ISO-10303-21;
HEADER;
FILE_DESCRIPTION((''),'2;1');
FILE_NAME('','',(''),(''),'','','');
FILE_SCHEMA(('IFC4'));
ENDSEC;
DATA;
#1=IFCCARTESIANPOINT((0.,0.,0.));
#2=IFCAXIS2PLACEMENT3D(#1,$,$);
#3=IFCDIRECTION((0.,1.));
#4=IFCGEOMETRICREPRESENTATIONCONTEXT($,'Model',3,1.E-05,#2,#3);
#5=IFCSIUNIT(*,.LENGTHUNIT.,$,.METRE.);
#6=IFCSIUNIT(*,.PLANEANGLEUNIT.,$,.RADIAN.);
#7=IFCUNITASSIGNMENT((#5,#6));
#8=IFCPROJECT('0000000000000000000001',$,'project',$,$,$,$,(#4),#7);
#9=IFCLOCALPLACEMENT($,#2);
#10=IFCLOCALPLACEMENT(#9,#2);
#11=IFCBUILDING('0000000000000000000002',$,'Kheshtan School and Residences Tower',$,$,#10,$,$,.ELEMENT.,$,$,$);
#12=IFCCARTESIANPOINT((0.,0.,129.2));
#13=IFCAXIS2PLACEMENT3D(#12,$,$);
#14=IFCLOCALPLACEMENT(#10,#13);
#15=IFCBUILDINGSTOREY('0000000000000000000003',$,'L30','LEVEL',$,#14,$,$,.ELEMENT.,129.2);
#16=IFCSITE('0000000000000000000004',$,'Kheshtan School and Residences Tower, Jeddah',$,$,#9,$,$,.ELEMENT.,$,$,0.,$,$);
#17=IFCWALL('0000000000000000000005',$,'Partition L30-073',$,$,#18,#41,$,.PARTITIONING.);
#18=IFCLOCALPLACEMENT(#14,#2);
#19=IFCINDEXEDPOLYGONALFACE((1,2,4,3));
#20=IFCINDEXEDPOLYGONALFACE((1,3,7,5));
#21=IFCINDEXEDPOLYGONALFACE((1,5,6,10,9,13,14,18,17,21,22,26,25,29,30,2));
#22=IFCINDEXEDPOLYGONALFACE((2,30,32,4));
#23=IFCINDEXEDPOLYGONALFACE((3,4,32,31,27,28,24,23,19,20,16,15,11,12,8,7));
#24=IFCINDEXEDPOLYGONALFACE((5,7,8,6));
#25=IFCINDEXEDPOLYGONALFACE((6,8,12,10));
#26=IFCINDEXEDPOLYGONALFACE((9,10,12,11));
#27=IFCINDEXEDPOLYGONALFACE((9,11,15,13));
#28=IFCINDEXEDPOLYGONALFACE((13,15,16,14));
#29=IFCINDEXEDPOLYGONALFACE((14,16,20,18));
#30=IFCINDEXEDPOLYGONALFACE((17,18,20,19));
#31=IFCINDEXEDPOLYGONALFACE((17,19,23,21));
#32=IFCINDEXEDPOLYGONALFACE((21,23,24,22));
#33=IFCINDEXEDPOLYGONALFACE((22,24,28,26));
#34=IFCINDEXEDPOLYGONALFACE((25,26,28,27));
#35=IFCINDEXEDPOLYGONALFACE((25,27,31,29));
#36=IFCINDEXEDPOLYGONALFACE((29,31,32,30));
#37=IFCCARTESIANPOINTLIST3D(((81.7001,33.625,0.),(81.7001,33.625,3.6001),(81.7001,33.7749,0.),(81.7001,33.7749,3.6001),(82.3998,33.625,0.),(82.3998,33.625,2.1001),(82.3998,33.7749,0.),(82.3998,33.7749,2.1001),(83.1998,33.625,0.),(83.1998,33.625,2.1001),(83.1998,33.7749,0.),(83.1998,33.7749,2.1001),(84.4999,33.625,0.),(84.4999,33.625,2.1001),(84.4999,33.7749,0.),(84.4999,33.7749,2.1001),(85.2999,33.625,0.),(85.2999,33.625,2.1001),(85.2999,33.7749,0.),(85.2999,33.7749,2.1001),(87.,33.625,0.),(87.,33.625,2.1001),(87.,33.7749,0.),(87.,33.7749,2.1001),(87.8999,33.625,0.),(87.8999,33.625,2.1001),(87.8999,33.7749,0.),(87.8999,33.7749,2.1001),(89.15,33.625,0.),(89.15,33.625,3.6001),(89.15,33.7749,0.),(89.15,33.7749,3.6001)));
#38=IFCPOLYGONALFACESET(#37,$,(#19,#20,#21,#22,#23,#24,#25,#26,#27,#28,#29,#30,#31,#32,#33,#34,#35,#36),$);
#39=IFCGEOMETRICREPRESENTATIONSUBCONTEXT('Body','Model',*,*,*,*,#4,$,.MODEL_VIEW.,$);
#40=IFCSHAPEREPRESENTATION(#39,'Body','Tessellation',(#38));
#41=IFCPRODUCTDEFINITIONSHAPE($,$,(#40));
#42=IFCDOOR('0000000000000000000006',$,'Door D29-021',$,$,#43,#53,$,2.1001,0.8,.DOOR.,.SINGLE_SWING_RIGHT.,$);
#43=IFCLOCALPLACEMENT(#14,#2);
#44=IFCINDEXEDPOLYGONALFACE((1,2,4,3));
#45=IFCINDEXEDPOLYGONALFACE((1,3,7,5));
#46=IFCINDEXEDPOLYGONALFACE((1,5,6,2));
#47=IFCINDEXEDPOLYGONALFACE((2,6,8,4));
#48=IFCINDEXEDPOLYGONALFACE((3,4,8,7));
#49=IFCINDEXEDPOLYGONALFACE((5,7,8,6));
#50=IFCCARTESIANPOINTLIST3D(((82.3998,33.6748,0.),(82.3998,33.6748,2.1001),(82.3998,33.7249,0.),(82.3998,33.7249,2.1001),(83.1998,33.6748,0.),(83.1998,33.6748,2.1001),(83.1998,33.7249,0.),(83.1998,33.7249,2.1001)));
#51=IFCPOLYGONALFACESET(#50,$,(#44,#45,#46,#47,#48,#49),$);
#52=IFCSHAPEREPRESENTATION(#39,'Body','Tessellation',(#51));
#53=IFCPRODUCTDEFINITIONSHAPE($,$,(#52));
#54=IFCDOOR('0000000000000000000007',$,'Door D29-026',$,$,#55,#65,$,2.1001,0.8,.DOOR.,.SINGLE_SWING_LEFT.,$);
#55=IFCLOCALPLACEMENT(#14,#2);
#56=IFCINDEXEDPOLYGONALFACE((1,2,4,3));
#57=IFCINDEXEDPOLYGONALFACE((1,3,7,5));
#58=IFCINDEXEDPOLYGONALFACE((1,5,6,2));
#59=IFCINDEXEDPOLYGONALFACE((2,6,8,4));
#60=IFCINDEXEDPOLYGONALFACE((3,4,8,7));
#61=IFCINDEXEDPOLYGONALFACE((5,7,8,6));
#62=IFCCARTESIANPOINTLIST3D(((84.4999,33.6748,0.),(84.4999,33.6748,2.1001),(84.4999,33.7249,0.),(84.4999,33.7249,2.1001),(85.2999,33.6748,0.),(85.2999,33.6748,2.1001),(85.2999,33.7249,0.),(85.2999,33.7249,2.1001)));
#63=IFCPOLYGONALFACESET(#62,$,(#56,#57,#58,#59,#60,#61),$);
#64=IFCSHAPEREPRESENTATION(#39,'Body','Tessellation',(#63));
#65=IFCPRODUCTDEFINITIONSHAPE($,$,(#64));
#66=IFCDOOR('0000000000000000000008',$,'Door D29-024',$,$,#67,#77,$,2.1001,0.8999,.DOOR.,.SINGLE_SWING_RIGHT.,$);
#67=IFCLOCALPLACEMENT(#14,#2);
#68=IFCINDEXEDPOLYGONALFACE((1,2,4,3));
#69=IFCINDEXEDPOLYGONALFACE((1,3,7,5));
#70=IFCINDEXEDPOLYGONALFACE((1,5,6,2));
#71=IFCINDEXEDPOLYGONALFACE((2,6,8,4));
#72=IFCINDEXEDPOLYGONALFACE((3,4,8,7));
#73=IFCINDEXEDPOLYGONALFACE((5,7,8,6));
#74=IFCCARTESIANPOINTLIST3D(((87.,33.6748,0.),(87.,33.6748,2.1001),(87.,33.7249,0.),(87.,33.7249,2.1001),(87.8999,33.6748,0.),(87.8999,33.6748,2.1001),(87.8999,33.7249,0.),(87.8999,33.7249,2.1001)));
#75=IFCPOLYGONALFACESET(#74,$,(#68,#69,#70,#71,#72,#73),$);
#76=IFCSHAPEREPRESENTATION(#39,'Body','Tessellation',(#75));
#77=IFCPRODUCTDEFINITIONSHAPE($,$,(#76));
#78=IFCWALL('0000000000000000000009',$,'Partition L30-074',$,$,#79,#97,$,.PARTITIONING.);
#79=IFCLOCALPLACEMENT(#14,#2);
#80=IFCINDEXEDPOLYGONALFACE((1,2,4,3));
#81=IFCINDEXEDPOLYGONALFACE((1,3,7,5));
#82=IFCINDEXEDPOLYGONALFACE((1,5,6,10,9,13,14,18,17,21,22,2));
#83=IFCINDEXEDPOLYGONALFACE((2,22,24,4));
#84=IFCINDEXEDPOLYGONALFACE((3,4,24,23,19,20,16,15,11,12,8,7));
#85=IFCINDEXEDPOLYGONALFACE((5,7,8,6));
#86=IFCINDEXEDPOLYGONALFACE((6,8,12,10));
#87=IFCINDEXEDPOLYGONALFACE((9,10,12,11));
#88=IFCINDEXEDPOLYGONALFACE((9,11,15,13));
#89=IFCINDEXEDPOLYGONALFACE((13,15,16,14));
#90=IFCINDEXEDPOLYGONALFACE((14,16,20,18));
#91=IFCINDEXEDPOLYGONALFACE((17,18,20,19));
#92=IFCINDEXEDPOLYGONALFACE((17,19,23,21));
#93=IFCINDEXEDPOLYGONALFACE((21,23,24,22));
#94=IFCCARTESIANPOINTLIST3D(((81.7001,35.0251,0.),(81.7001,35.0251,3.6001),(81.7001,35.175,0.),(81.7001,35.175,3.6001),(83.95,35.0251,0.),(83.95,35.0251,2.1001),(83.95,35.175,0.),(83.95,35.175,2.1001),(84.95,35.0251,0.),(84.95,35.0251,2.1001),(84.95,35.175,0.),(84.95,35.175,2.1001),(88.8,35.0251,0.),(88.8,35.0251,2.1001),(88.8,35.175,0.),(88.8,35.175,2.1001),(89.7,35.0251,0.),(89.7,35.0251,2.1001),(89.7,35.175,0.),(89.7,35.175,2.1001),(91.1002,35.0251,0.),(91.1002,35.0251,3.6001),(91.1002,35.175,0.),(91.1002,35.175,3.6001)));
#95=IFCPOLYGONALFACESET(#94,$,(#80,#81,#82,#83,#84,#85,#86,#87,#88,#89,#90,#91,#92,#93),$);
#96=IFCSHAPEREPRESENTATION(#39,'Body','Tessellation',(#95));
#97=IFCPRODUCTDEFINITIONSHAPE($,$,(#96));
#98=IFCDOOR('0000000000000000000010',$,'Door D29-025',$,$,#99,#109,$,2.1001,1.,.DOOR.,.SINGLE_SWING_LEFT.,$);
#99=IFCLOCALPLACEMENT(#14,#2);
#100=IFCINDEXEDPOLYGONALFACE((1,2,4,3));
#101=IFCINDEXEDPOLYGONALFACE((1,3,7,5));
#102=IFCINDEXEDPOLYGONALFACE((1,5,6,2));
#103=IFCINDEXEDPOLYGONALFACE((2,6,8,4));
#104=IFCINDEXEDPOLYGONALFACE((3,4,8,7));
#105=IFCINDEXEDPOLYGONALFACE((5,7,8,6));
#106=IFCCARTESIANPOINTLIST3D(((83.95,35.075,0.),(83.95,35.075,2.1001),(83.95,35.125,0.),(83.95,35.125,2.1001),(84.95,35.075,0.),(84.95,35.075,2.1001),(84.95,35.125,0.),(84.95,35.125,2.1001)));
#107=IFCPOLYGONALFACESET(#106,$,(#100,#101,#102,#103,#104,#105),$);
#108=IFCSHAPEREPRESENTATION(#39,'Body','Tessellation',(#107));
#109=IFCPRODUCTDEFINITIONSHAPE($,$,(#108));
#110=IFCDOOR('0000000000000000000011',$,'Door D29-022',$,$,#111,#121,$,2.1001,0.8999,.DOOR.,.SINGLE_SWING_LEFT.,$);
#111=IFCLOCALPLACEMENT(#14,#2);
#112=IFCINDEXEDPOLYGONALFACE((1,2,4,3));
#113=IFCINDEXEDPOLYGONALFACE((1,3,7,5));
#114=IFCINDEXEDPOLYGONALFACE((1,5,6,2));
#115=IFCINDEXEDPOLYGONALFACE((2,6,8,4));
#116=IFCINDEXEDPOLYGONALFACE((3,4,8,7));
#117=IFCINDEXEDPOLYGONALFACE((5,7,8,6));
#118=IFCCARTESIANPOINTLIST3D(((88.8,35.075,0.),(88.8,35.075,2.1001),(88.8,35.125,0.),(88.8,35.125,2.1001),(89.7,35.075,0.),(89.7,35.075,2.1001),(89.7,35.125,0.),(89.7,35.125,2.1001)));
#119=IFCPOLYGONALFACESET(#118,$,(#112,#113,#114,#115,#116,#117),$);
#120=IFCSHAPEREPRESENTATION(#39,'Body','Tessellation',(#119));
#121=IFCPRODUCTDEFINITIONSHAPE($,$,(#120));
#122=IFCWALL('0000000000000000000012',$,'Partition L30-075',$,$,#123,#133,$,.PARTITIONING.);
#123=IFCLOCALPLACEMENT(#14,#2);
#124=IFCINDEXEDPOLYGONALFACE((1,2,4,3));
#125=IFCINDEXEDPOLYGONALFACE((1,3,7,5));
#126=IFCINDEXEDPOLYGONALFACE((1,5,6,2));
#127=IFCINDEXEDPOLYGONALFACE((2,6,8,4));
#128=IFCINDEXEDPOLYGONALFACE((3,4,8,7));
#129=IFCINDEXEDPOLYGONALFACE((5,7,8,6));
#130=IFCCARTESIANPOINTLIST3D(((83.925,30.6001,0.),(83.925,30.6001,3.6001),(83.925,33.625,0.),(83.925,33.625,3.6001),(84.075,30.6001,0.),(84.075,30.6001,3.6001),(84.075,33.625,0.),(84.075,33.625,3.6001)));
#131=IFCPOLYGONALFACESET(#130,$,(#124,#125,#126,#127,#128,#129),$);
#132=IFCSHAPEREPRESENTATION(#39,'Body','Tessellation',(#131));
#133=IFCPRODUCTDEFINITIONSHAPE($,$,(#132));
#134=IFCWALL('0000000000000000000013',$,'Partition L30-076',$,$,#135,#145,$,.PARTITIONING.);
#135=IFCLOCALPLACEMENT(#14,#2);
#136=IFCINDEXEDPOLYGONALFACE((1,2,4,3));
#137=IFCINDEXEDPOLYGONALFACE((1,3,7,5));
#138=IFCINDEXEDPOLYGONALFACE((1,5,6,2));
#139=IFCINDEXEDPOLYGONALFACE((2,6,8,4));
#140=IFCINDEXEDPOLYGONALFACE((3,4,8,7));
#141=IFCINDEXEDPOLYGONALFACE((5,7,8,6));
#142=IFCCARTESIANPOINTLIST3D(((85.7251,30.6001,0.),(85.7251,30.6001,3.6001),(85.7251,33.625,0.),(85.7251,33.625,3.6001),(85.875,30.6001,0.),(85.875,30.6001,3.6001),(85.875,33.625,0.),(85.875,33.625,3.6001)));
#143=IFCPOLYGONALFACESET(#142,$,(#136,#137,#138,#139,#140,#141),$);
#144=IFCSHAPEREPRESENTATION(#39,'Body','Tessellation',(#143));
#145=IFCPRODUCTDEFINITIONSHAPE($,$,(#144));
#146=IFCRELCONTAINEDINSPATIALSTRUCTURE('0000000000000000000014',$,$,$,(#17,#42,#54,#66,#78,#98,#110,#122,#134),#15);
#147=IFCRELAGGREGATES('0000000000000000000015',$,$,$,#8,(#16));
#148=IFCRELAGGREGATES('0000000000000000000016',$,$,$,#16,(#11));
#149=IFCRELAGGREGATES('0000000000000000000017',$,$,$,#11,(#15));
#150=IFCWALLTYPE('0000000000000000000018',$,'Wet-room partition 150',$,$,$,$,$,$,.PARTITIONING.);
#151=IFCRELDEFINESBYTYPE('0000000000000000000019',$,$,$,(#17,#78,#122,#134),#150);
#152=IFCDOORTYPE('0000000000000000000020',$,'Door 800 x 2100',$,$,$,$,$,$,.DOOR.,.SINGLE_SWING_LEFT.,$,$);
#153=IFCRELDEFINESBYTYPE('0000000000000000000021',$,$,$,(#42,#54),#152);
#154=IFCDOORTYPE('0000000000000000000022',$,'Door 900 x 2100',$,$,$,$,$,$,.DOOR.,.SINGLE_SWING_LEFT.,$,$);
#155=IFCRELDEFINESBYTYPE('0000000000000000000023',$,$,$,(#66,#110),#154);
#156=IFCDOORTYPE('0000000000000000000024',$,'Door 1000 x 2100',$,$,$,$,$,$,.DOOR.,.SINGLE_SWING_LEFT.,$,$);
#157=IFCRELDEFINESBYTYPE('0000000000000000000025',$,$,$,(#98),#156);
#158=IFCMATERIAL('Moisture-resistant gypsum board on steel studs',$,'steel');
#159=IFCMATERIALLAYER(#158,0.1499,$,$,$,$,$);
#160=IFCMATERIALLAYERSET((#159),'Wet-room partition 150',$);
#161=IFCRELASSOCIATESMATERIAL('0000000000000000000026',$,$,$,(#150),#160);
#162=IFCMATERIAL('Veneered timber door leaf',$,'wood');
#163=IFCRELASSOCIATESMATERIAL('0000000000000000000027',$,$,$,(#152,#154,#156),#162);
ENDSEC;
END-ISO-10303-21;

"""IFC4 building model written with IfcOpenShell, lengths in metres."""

from ifc_helpers import new_model, si_unit, direction, frame, frame_2d, origin, place, context, subcontext, project, spatial, rectangle, extrude, source, transform, mapped, material, layer, layer_set, type_object, element, fill, save


model = new_model("IFC4")

# Units and contexts
model_context = context("Model", 3, precision=1e-05, world=origin(), true_north=direction((0.0, 1.0)))
body_context = subcontext(model_context, "Body", "Model", "MODEL_VIEW")
ifc_project = project(units=[si_unit("LENGTHUNIT", "METRE"), si_unit("PLANEANGLEUNIT", "RADIAN")], contexts=[model_context])

# Site, building, storey
site_placement = place(None, origin())
site = spatial("IfcSite", under=ifc_project, at=site_placement, Name="Kheshtan School and Residences Tower, Jeddah", CompositionType="ELEMENT", RefElevation=0.0)
building_placement = place(site_placement, origin())
building = spatial("IfcBuilding", under=site, at=building_placement, Name="Kheshtan School and Residences Tower", CompositionType="ELEMENT")
storey_placement = place(building_placement, frame((0.0, 0.0, 129.2)))
storey = spatial("IfcBuildingStorey", under=building, at=storey_placement, Name="L30", Description="LEVEL", CompositionType="ELEMENT", Elevation=129.2)

# Shared definitions
ifc_material_1 = material(Name="Moisture-resistant gypsum board on steel studs", Category="steel")
ifc_layer_1 = layer(ifc_material_1, 0.1499)
ifc_layer_set_1 = layer_set([ifc_layer_1], Name="Wet-room partition 150")
wall_type_1 = type_object("IfcWallType", Name="Wet-room partition 150", PredefinedType="PARTITIONING", material=ifc_layer_set_1)

# Walls, openings, doors
ifc_material_2 = material(Name="Veneered timber door leaf", Category="wood")
door_type_1 = type_object("IfcDoorType", Name="Door 800 x 2100", OperationType="SINGLE_SWING_LEFT", PredefinedType="DOOR", material=ifc_material_2)
shared_shape_1 = source(origin(), body_context, "Body", "SweptSolid", [
    extrude(rectangle(XDim=0.8, YDim=2.1001, at=frame_2d((0.3999, 1.05))), frame((0.0, 0.0249, 0.0), z_axis=(0.0, -1.0, 0.0), x_axis=(1.0, 0.0, 0.0)), (0.0, 0.0, 1.0), 0.05),
])
wall_1_placement = place(storey_placement, frame((81.7, 33.7, 0.0), z_axis=(0.0, 0.0, 1.0), x_axis=(1.0, 0.0, 0.0)))
wall_1 = element("IfcWall", 1, at=wall_1_placement, inside=storey, type_object=wall_type_1, Name="Partition L30-073", PredefinedType="PARTITIONING", context=body_context, shape_type="SweptSolid", body=[
    extrude(rectangle(XDim=7.45, YDim=0.1499, at=frame_2d((3.7251, 0.0))), origin(), (0.0, 0.0, 1.0), 3.6001),
])
opening_1_placement = place(wall_1_placement, frame((0.7, 0.0, 0.0)))
opening_1 = element("IfcOpeningElement", 2, at=opening_1_placement, cuts=wall_1, PredefinedType="OPENING", context=body_context, shape_type="SweptSolid", body=[
    extrude(rectangle(XDim=0.8, YDim=2.1001, at=frame_2d((0.3999, 1.05))), frame((0.0, 0.085, 0.0), z_axis=(0.0, -1.0, 0.0), x_axis=(1.0, 0.0, 0.0)), (0.0, 0.0, 1.0), 0.1699),
])
opening_2_placement = place(wall_1_placement, frame((5.3, 0.0, 0.0)))
opening_2 = element("IfcOpeningElement", 3, at=opening_2_placement, cuts=wall_1, PredefinedType="OPENING", context=body_context, shape_type="SweptSolid", body=[
    extrude(rectangle(XDim=0.8999, YDim=2.1001, at=frame_2d((0.45, 1.05))), frame((0.0, 0.085, 0.0), z_axis=(0.0, -1.0, 0.0), x_axis=(1.0, 0.0, 0.0)), (0.0, 0.0, 1.0), 0.1699),
])
opening_3_placement = place(wall_1_placement, frame((2.8, 0.0, 0.0)))
opening_3 = element("IfcOpeningElement", 4, at=opening_3_placement, cuts=wall_1, PredefinedType="OPENING", context=body_context, shape_type="SweptSolid", body=[
    extrude(rectangle(XDim=0.8, YDim=2.1001, at=frame_2d((0.3999, 1.05))), frame((0.0, 0.085, 0.0), z_axis=(0.0, -1.0, 0.0), x_axis=(1.0, 0.0, 0.0)), (0.0, 0.0, 1.0), 0.1699),
])
door_1_placement = place(opening_1_placement, origin())
door_1 = element("IfcDoor", 5, at=door_1_placement, inside=storey, type_object=door_type_1, Name="Door D29-021", OperationType="SINGLE_SWING_RIGHT", OverallHeight=2.1001, OverallWidth=0.8, PredefinedType="DOOR", context=body_context, shape_type="MappedRepresentation", body=[
    mapped(shared_shape_1, transform((0.0, 0.0, 0.0), x_axis=(1.0, 0.0, 0.0), y_axis=(0.0, 1.0, 0.0), z_axis=(0.0, 0.0, 1.0), scale=1.0)),
])
fill(opening_1, door_1)
door_2_placement = place(opening_3_placement, origin())
door_2 = element("IfcDoor", 6, at=door_2_placement, inside=storey, type_object=door_type_1, Name="Door D29-026", OperationType="SINGLE_SWING_LEFT", OverallHeight=2.1001, OverallWidth=0.8, PredefinedType="DOOR", context=body_context, shape_type="MappedRepresentation", body=[
    mapped(shared_shape_1, transform((0.0, 0.0, 0.0), x_axis=(1.0, 0.0, 0.0), y_axis=(0.0, 1.0, 0.0), z_axis=(0.0, 0.0, 1.0), scale=1.0)),
])
fill(opening_3, door_2)
door_type_2 = type_object("IfcDoorType", Name="Door 900 x 2100", OperationType="SINGLE_SWING_LEFT", PredefinedType="DOOR", material=ifc_material_2)
shared_shape_2 = source(origin(), body_context, "Body", "SweptSolid", [
    extrude(rectangle(XDim=0.8999, YDim=2.1001, at=frame_2d((0.45, 1.05))), frame((0.0, 0.0249, 0.0), z_axis=(0.0, -1.0, 0.0), x_axis=(1.0, 0.0, 0.0)), (0.0, 0.0, 1.0), 0.05),
])
door_3_placement = place(opening_2_placement, origin())
door_3 = element("IfcDoor", 7, at=door_3_placement, inside=storey, type_object=door_type_2, Name="Door D29-024", OperationType="SINGLE_SWING_RIGHT", OverallHeight=2.1001, OverallWidth=0.8999, PredefinedType="DOOR", context=body_context, shape_type="MappedRepresentation", body=[
    mapped(shared_shape_2, transform((0.0, 0.0, 0.0), x_axis=(1.0, 0.0, 0.0), y_axis=(0.0, 1.0, 0.0), z_axis=(0.0, 0.0, 1.0), scale=1.0)),
])
fill(opening_2, door_3)
wall_2_placement = place(storey_placement, frame((81.7, 35.1001, 0.0), z_axis=(0.0, 0.0, 1.0), x_axis=(1.0, 0.0, 0.0)))
wall_2 = element("IfcWall", 8, at=wall_2_placement, inside=storey, type_object=wall_type_1, Name="Partition L30-074", PredefinedType="PARTITIONING", context=body_context, shape_type="SweptSolid", body=[
    extrude(rectangle(XDim=9.4001, YDim=0.1499, at=frame_2d((4.7002, 0.0))), origin(), (0.0, 0.0, 1.0), 3.6001),
])
opening_4_placement = place(wall_2_placement, frame((7.1001, 0.0, 0.0)))
opening_4 = element("IfcOpeningElement", 9, at=opening_4_placement, cuts=wall_2, PredefinedType="OPENING", context=body_context, shape_type="SweptSolid", body=[
    extrude(rectangle(XDim=0.8999, YDim=2.1001, at=frame_2d((0.45, 1.05))), frame((0.0, 0.085, 0.0), z_axis=(0.0, -1.0, 0.0), x_axis=(1.0, 0.0, 0.0)), (0.0, 0.0, 1.0), 0.1699),
])
opening_5_placement = place(wall_2_placement, frame((2.25, 0.0, 0.0)))
opening_5 = element("IfcOpeningElement", 10, at=opening_5_placement, cuts=wall_2, PredefinedType="OPENING", context=body_context, shape_type="SweptSolid", body=[
    extrude(rectangle(XDim=1.0, YDim=2.1001, at=frame_2d((0.5, 1.05))), frame((0.0, 0.085, 0.0), z_axis=(0.0, -1.0, 0.0), x_axis=(1.0, 0.0, 0.0)), (0.0, 0.0, 1.0), 0.1699),
])
door_type_3 = type_object("IfcDoorType", Name="Door 1000 x 2100", OperationType="SINGLE_SWING_LEFT", PredefinedType="DOOR", material=ifc_material_2)
shared_shape_3 = source(origin(), body_context, "Body", "SweptSolid", [
    extrude(rectangle(XDim=1.0, YDim=2.1001, at=frame_2d((0.5, 1.05))), frame((0.0, 0.0249, 0.0), z_axis=(0.0, -1.0, 0.0), x_axis=(1.0, 0.0, 0.0)), (0.0, 0.0, 1.0), 0.05),
])
door_4_placement = place(opening_5_placement, origin())
door_4 = element("IfcDoor", 11, at=door_4_placement, inside=storey, type_object=door_type_3, Name="Door D29-025", OperationType="SINGLE_SWING_LEFT", OverallHeight=2.1001, OverallWidth=1.0, PredefinedType="DOOR", context=body_context, shape_type="MappedRepresentation", body=[
    mapped(shared_shape_3, transform((0.0, 0.0, 0.0), x_axis=(1.0, 0.0, 0.0), y_axis=(0.0, 1.0, 0.0), z_axis=(0.0, 0.0, 1.0), scale=1.0)),
])
fill(opening_5, door_4)
door_5_placement = place(opening_4_placement, origin())
door_5 = element("IfcDoor", 12, at=door_5_placement, inside=storey, type_object=door_type_2, Name="Door D29-022", OperationType="SINGLE_SWING_LEFT", OverallHeight=2.1001, OverallWidth=0.8999, PredefinedType="DOOR", context=body_context, shape_type="MappedRepresentation", body=[
    mapped(shared_shape_2, transform((0.0, 0.0, 0.0), x_axis=(1.0, 0.0, 0.0), y_axis=(0.0, 1.0, 0.0), z_axis=(0.0, 0.0, 1.0), scale=1.0)),
])
fill(opening_4, door_5)

# Walls
for number, where, z_axis, x_axis, name in (
    (13, (84.0, 30.6001, 0.0), (0.0, 0.0, 1.0), (0.0, 1.0, 0.0), "Partition L30-075"),
    (14, (85.8, 30.6001, 0.0), (0.0, 0.0, 1.0), (0.0, 1.0, 0.0), "Partition L30-076"),
):
    element("IfcWall", number, at=place(storey_placement, frame(where, z_axis=z_axis, x_axis=x_axis)), inside=storey, type_object=wall_type_1, Name=name, PredefinedType="PARTITIONING", context=body_context, shape_type="SweptSolid", body=[
        extrude(rectangle(XDim=3.0249, YDim=0.1499, at=frame_2d((1.5125, 0.0))), origin(), (0.0, 0.0, 1.0), 3.6001),
    ])

save(model, "model.ifc")
